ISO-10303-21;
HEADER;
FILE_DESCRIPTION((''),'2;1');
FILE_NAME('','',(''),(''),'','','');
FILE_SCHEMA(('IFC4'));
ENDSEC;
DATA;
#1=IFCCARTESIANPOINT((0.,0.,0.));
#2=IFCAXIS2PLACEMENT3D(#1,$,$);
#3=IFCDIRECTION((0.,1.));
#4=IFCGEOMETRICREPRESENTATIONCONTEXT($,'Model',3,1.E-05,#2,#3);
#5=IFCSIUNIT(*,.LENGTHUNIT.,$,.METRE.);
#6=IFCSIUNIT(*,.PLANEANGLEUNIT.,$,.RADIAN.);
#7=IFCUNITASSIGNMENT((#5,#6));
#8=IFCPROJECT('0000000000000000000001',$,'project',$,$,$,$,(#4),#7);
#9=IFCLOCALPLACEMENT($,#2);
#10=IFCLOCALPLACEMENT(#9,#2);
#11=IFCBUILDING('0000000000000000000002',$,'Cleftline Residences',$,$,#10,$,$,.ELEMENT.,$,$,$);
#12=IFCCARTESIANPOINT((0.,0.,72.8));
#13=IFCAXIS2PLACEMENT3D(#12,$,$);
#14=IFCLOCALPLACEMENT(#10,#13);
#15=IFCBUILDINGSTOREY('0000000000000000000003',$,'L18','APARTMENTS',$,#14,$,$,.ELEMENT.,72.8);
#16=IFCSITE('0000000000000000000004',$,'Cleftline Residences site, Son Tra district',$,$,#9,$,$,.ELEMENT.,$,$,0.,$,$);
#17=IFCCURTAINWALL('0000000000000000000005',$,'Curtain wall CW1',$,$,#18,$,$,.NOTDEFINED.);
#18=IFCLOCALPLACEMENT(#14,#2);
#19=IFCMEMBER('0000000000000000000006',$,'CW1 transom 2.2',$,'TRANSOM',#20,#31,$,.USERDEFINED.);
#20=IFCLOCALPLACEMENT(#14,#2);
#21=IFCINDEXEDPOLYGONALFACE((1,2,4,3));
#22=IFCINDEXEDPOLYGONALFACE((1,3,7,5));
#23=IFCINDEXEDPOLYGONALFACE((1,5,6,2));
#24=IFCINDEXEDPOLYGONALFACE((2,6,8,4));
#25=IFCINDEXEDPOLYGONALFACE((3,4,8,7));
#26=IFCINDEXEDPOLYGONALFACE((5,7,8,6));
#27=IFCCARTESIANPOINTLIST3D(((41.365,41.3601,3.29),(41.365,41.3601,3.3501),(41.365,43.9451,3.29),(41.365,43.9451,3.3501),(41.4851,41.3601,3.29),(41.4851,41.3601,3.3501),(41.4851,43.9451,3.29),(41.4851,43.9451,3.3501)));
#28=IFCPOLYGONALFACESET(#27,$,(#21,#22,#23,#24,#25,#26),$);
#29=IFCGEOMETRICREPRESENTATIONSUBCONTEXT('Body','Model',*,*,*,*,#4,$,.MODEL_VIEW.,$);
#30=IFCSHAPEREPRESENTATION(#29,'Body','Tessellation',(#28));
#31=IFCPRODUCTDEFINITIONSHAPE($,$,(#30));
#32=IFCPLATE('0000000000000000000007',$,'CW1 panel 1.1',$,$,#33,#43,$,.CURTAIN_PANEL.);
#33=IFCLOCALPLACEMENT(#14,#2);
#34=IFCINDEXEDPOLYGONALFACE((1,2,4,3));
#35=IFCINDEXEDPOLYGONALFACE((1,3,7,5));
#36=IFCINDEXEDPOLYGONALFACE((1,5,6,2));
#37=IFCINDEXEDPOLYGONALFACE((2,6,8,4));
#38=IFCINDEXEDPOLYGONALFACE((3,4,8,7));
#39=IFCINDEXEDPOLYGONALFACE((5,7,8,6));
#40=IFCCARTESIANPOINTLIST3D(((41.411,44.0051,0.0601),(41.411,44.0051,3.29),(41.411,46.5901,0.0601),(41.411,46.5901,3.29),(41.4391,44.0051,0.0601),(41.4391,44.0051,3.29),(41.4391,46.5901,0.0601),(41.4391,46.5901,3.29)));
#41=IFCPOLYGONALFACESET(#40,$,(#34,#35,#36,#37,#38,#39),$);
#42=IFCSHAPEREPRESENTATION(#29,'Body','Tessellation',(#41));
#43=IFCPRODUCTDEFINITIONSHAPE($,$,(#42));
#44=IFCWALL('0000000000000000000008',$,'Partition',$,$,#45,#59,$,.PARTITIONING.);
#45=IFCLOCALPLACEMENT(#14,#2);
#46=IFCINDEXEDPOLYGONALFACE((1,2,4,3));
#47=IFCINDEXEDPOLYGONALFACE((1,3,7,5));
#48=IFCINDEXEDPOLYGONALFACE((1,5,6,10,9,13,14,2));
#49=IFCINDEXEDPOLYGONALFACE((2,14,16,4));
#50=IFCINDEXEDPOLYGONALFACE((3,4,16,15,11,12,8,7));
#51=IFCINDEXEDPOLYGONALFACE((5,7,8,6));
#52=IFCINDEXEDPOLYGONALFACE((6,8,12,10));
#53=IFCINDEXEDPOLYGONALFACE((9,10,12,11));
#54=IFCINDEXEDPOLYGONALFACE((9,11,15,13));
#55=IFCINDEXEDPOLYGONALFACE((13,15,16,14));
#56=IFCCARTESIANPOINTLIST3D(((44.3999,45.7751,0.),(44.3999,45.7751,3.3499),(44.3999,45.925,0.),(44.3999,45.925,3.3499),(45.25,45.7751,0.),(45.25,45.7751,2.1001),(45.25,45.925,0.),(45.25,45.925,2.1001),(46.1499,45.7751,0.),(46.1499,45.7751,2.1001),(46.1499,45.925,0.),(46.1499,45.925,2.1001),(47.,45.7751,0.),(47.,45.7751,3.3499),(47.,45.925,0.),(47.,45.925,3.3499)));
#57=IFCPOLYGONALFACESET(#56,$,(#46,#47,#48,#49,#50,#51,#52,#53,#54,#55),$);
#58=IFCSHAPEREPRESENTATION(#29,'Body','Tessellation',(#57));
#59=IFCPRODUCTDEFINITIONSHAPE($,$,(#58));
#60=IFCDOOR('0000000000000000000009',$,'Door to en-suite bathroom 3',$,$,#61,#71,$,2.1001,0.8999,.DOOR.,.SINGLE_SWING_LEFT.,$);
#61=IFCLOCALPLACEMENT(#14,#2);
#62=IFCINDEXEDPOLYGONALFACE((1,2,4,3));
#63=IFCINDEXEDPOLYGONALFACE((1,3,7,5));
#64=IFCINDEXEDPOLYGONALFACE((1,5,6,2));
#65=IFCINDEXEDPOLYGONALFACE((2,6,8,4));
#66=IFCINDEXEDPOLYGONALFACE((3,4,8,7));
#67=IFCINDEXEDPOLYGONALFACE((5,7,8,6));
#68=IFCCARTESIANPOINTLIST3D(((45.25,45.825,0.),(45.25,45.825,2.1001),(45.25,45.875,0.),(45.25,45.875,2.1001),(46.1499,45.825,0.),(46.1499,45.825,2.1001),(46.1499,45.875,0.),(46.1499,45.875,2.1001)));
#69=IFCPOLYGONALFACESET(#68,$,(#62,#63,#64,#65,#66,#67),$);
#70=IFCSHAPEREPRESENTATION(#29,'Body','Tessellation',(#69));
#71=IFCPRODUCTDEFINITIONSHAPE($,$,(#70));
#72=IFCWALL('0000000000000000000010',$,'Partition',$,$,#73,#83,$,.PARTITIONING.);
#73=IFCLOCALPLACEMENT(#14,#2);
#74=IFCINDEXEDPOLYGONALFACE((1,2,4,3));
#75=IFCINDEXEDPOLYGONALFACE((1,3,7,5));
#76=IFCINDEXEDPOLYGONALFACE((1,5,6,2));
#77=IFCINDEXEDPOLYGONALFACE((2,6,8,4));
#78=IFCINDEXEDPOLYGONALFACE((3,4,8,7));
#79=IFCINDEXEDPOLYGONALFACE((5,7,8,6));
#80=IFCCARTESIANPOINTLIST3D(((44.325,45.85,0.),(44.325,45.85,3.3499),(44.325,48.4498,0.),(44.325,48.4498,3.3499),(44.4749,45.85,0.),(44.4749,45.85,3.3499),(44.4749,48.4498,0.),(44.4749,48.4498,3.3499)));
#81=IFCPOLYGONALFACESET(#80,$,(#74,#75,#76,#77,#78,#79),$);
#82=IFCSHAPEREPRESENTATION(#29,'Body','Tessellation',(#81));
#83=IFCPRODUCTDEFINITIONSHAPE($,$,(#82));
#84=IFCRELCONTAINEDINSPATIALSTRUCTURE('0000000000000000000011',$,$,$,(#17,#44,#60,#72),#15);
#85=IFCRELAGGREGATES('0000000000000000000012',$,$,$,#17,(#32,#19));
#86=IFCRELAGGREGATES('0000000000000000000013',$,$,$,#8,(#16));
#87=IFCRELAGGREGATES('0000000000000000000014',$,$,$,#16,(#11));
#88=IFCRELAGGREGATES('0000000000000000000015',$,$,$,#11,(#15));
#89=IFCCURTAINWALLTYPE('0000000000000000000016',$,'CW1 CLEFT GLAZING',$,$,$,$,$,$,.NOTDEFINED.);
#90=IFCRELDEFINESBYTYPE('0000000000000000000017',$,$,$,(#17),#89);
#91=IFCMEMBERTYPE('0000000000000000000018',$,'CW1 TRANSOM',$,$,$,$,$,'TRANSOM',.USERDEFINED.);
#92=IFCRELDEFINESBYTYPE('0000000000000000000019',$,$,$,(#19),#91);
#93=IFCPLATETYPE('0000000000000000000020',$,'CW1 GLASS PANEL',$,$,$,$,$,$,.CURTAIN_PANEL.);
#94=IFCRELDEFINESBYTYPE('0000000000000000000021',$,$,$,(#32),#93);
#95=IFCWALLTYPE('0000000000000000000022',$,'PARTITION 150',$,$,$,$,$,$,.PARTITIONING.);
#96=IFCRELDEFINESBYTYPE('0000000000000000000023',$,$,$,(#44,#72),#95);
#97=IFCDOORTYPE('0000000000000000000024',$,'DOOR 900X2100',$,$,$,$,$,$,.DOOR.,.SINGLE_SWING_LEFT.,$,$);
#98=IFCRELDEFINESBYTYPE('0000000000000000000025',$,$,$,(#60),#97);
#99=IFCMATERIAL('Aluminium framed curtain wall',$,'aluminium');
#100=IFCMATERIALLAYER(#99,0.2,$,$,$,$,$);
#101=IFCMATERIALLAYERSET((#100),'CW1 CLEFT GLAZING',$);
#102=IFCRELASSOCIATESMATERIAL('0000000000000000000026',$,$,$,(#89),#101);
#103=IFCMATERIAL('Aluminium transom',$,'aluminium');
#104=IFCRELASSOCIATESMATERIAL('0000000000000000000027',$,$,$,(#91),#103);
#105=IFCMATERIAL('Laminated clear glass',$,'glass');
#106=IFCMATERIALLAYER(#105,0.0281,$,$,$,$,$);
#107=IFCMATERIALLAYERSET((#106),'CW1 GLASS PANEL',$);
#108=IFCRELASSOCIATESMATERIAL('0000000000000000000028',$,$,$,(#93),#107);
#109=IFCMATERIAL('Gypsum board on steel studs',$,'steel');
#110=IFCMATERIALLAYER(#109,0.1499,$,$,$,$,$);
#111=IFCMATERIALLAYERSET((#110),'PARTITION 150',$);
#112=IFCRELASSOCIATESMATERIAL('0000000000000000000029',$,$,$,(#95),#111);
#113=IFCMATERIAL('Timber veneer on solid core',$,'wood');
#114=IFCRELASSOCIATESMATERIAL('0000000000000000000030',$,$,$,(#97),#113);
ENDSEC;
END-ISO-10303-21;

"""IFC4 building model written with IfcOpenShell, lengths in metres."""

from ifc_helpers import new_model, si_unit, direction, frame, frame_2d, origin, origin_2d, place, context, subcontext, project, spatial, rectangle, extrude, material, layer, layer_set, material_profile, profile_set, type_object, element, fill, aggregate, save


model = new_model("IFC4")

# Units and contexts
model_context = context("Model", 3, precision=1e-05, world=origin(), true_north=direction((0.0, 1.0)))
body_context = subcontext(model_context, "Body", "Model", "MODEL_VIEW")
ifc_project = project(units=[si_unit("LENGTHUNIT", "METRE"), si_unit("PLANEANGLEUNIT", "RADIAN")], contexts=[model_context])

# Site, building, storey
site_placement = place(None, origin())
site = spatial("IfcSite", under=ifc_project, at=site_placement, Name="Cleftline Residences site, Son Tra district", CompositionType="ELEMENT", RefElevation=0.0)
building_placement = place(site_placement, origin())
building = spatial("IfcBuilding", under=site, at=building_placement, Name="Cleftline Residences", CompositionType="ELEMENT")
storey_placement = place(building_placement, frame((0.0, 0.0, 72.8)))
storey = spatial("IfcBuildingStorey", under=building, at=storey_placement, Name="L18", Description="APARTMENTS", CompositionType="ELEMENT", Elevation=72.8)

# Curtain wall, member, plate
ifc_material_1 = material(Name="Aluminium framed curtain wall", Category="aluminium")
ifc_layer_1 = layer(ifc_material_1, 0.2)
ifc_layer_set_1 = layer_set([ifc_layer_1], Name="CW1 CLEFT GLAZING")
curtain_wall_type = type_object("IfcCurtainWallType", Name="CW1 CLEFT GLAZING", PredefinedType="NOTDEFINED", material=ifc_layer_set_1)
curtain_wall_placement = place(storey_placement, origin())
curtain_wall = element("IfcCurtainWall", 1, at=curtain_wall_placement, inside=storey, type_object=curtain_wall_type, Name="Curtain wall CW1", PredefinedType="NOTDEFINED")
ifc_material_2 = material(Name="Aluminium transom", Category="aluminium")
ifc_material_profile_1 = material_profile(ifc_material_2, rectangle(XDim=0.1201, YDim=0.0601, at=origin_2d()))
ifc_profile_set_1 = profile_set([ifc_material_profile_1], Name="Aluminium transom")
member_type_1 = type_object("IfcMemberType", Name="CW1 TRANSOM", ElementType="TRANSOM", PredefinedType="USERDEFINED", material=ifc_profile_set_1)
member_1_placement = place(storey_placement, frame((41.425, 43.9451, 3.3201), z_axis=(0.0, -1.0, 0.0), x_axis=(1.0, 0.0, 0.0)))
member_1 = element("IfcMember", 2, at=member_1_placement, type_object=member_type_1, Name="CW1 transom 2.2", ObjectType="TRANSOM", PredefinedType="USERDEFINED", context=body_context, shape_type="SweptSolid", body=[
    extrude(rectangle(XDim=0.1201, YDim=0.0601, at=origin_2d()), origin(), (0.0, 0.0, 1.0), 2.585),
])
ifc_material_3 = material(Name="Laminated clear glass", Category="glass")
ifc_layer_2 = layer(ifc_material_3, 0.0281)
ifc_layer_set_2 = layer_set([ifc_layer_2], Name="CW1 GLASS PANEL")
plate_type = type_object("IfcPlateType", Name="CW1 GLASS PANEL", PredefinedType="CURTAIN_PANEL", material=ifc_layer_set_2)
plate_placement = place(storey_placement, frame((41.425, 45.2976, 0.0601), z_axis=(0.0, 0.0, 1.0), x_axis=(0.0, -1.0, 0.0)))
plate = element("IfcPlate", 3, at=plate_placement, type_object=plate_type, Name="CW1 panel 1.1", PredefinedType="CURTAIN_PANEL", context=body_context, shape_type="SweptSolid", body=[
    extrude(rectangle(XDim=2.585, YDim=0.0281, at=origin_2d()), origin(), (0.0, 0.0, 1.0), 3.23),
])
aggregate(curtain_wall, [plate, member_1])

# Wall, opening, door
ifc_material_4 = material(Name="Gypsum board on steel studs", Category="steel")
ifc_layer_3 = layer(ifc_material_4, 0.1499)
ifc_layer_set_3 = layer_set([ifc_layer_3], Name="PARTITION 150")
wall_type = type_object("IfcWallType", Name="PARTITION 150", PredefinedType="PARTITIONING", material=ifc_layer_set_3)
wall_1_placement = place(storey_placement, frame((44.3999, 45.8501, 0.0), z_axis=(0.0, 0.0, 1.0), x_axis=(1.0, 0.0, 0.0)))
wall_1 = element("IfcWall", 4, at=wall_1_placement, inside=storey, type_object=wall_type, Name="Partition", PredefinedType="PARTITIONING", context=body_context, shape_type="SweptSolid", body=[
    extrude(rectangle(XDim=2.6001, YDim=0.1499, at=frame_2d((1.3, 0.0))), origin(), (0.0, 0.0, 1.0), 3.3499),
])
opening_placement = place(wall_1_placement, frame((0.8501, 0.0, 0.0)))
opening = element("IfcOpeningElement", 5, at=opening_placement, cuts=wall_1, PredefinedType="OPENING", context=body_context, shape_type="SweptSolid", body=[
    extrude(rectangle(XDim=0.8999, YDim=2.1001, at=frame_2d((0.45, 1.05))), frame((0.0, 0.085, 0.0), z_axis=(0.0, -1.0, 0.0), x_axis=(1.0, 0.0, 0.0)), (0.0, 0.0, 1.0), 0.1699),
])
ifc_material_5 = material(Name="Timber veneer on solid core", Category="wood")
door_type = type_object("IfcDoorType", Name="DOOR 900X2100", OperationType="SINGLE_SWING_LEFT", PredefinedType="DOOR", material=ifc_material_5)
door_placement = place(opening_placement, origin())
door = element("IfcDoor", 6, at=door_placement, inside=storey, type_object=door_type, Name="Door to en-suite bathroom 3", OperationType="SINGLE_SWING_LEFT", OverallHeight=2.1001, OverallWidth=0.8999, PredefinedType="DOOR", context=body_context, shape_type="SweptSolid", body=[
    extrude(rectangle(XDim=0.8999, YDim=2.1001, at=frame_2d((0.45, 1.05))), frame((0.0, 0.0249, 0.0), z_axis=(0.0, -1.0, 0.0), x_axis=(1.0, 0.0, 0.0)), (0.0, 0.0, 1.0), 0.05),
])
fill(opening, door)

# Wall
wall_2_placement = place(storey_placement, frame((44.3999, 45.8501, 0.0), z_axis=(0.0, 0.0, 1.0), x_axis=(0.0, 1.0, 0.0)))
element("IfcWall", 7, at=wall_2_placement, inside=storey, type_object=wall_type, Name="Partition", PredefinedType="PARTITIONING", context=body_context, shape_type="SweptSolid", body=[
    extrude(rectangle(XDim=2.5999, YDim=0.1499, at=frame_2d((1.2998, 0.0))), origin(), (0.0, 0.0, 1.0), 3.3499),
])

save(model, "model.ifc")
